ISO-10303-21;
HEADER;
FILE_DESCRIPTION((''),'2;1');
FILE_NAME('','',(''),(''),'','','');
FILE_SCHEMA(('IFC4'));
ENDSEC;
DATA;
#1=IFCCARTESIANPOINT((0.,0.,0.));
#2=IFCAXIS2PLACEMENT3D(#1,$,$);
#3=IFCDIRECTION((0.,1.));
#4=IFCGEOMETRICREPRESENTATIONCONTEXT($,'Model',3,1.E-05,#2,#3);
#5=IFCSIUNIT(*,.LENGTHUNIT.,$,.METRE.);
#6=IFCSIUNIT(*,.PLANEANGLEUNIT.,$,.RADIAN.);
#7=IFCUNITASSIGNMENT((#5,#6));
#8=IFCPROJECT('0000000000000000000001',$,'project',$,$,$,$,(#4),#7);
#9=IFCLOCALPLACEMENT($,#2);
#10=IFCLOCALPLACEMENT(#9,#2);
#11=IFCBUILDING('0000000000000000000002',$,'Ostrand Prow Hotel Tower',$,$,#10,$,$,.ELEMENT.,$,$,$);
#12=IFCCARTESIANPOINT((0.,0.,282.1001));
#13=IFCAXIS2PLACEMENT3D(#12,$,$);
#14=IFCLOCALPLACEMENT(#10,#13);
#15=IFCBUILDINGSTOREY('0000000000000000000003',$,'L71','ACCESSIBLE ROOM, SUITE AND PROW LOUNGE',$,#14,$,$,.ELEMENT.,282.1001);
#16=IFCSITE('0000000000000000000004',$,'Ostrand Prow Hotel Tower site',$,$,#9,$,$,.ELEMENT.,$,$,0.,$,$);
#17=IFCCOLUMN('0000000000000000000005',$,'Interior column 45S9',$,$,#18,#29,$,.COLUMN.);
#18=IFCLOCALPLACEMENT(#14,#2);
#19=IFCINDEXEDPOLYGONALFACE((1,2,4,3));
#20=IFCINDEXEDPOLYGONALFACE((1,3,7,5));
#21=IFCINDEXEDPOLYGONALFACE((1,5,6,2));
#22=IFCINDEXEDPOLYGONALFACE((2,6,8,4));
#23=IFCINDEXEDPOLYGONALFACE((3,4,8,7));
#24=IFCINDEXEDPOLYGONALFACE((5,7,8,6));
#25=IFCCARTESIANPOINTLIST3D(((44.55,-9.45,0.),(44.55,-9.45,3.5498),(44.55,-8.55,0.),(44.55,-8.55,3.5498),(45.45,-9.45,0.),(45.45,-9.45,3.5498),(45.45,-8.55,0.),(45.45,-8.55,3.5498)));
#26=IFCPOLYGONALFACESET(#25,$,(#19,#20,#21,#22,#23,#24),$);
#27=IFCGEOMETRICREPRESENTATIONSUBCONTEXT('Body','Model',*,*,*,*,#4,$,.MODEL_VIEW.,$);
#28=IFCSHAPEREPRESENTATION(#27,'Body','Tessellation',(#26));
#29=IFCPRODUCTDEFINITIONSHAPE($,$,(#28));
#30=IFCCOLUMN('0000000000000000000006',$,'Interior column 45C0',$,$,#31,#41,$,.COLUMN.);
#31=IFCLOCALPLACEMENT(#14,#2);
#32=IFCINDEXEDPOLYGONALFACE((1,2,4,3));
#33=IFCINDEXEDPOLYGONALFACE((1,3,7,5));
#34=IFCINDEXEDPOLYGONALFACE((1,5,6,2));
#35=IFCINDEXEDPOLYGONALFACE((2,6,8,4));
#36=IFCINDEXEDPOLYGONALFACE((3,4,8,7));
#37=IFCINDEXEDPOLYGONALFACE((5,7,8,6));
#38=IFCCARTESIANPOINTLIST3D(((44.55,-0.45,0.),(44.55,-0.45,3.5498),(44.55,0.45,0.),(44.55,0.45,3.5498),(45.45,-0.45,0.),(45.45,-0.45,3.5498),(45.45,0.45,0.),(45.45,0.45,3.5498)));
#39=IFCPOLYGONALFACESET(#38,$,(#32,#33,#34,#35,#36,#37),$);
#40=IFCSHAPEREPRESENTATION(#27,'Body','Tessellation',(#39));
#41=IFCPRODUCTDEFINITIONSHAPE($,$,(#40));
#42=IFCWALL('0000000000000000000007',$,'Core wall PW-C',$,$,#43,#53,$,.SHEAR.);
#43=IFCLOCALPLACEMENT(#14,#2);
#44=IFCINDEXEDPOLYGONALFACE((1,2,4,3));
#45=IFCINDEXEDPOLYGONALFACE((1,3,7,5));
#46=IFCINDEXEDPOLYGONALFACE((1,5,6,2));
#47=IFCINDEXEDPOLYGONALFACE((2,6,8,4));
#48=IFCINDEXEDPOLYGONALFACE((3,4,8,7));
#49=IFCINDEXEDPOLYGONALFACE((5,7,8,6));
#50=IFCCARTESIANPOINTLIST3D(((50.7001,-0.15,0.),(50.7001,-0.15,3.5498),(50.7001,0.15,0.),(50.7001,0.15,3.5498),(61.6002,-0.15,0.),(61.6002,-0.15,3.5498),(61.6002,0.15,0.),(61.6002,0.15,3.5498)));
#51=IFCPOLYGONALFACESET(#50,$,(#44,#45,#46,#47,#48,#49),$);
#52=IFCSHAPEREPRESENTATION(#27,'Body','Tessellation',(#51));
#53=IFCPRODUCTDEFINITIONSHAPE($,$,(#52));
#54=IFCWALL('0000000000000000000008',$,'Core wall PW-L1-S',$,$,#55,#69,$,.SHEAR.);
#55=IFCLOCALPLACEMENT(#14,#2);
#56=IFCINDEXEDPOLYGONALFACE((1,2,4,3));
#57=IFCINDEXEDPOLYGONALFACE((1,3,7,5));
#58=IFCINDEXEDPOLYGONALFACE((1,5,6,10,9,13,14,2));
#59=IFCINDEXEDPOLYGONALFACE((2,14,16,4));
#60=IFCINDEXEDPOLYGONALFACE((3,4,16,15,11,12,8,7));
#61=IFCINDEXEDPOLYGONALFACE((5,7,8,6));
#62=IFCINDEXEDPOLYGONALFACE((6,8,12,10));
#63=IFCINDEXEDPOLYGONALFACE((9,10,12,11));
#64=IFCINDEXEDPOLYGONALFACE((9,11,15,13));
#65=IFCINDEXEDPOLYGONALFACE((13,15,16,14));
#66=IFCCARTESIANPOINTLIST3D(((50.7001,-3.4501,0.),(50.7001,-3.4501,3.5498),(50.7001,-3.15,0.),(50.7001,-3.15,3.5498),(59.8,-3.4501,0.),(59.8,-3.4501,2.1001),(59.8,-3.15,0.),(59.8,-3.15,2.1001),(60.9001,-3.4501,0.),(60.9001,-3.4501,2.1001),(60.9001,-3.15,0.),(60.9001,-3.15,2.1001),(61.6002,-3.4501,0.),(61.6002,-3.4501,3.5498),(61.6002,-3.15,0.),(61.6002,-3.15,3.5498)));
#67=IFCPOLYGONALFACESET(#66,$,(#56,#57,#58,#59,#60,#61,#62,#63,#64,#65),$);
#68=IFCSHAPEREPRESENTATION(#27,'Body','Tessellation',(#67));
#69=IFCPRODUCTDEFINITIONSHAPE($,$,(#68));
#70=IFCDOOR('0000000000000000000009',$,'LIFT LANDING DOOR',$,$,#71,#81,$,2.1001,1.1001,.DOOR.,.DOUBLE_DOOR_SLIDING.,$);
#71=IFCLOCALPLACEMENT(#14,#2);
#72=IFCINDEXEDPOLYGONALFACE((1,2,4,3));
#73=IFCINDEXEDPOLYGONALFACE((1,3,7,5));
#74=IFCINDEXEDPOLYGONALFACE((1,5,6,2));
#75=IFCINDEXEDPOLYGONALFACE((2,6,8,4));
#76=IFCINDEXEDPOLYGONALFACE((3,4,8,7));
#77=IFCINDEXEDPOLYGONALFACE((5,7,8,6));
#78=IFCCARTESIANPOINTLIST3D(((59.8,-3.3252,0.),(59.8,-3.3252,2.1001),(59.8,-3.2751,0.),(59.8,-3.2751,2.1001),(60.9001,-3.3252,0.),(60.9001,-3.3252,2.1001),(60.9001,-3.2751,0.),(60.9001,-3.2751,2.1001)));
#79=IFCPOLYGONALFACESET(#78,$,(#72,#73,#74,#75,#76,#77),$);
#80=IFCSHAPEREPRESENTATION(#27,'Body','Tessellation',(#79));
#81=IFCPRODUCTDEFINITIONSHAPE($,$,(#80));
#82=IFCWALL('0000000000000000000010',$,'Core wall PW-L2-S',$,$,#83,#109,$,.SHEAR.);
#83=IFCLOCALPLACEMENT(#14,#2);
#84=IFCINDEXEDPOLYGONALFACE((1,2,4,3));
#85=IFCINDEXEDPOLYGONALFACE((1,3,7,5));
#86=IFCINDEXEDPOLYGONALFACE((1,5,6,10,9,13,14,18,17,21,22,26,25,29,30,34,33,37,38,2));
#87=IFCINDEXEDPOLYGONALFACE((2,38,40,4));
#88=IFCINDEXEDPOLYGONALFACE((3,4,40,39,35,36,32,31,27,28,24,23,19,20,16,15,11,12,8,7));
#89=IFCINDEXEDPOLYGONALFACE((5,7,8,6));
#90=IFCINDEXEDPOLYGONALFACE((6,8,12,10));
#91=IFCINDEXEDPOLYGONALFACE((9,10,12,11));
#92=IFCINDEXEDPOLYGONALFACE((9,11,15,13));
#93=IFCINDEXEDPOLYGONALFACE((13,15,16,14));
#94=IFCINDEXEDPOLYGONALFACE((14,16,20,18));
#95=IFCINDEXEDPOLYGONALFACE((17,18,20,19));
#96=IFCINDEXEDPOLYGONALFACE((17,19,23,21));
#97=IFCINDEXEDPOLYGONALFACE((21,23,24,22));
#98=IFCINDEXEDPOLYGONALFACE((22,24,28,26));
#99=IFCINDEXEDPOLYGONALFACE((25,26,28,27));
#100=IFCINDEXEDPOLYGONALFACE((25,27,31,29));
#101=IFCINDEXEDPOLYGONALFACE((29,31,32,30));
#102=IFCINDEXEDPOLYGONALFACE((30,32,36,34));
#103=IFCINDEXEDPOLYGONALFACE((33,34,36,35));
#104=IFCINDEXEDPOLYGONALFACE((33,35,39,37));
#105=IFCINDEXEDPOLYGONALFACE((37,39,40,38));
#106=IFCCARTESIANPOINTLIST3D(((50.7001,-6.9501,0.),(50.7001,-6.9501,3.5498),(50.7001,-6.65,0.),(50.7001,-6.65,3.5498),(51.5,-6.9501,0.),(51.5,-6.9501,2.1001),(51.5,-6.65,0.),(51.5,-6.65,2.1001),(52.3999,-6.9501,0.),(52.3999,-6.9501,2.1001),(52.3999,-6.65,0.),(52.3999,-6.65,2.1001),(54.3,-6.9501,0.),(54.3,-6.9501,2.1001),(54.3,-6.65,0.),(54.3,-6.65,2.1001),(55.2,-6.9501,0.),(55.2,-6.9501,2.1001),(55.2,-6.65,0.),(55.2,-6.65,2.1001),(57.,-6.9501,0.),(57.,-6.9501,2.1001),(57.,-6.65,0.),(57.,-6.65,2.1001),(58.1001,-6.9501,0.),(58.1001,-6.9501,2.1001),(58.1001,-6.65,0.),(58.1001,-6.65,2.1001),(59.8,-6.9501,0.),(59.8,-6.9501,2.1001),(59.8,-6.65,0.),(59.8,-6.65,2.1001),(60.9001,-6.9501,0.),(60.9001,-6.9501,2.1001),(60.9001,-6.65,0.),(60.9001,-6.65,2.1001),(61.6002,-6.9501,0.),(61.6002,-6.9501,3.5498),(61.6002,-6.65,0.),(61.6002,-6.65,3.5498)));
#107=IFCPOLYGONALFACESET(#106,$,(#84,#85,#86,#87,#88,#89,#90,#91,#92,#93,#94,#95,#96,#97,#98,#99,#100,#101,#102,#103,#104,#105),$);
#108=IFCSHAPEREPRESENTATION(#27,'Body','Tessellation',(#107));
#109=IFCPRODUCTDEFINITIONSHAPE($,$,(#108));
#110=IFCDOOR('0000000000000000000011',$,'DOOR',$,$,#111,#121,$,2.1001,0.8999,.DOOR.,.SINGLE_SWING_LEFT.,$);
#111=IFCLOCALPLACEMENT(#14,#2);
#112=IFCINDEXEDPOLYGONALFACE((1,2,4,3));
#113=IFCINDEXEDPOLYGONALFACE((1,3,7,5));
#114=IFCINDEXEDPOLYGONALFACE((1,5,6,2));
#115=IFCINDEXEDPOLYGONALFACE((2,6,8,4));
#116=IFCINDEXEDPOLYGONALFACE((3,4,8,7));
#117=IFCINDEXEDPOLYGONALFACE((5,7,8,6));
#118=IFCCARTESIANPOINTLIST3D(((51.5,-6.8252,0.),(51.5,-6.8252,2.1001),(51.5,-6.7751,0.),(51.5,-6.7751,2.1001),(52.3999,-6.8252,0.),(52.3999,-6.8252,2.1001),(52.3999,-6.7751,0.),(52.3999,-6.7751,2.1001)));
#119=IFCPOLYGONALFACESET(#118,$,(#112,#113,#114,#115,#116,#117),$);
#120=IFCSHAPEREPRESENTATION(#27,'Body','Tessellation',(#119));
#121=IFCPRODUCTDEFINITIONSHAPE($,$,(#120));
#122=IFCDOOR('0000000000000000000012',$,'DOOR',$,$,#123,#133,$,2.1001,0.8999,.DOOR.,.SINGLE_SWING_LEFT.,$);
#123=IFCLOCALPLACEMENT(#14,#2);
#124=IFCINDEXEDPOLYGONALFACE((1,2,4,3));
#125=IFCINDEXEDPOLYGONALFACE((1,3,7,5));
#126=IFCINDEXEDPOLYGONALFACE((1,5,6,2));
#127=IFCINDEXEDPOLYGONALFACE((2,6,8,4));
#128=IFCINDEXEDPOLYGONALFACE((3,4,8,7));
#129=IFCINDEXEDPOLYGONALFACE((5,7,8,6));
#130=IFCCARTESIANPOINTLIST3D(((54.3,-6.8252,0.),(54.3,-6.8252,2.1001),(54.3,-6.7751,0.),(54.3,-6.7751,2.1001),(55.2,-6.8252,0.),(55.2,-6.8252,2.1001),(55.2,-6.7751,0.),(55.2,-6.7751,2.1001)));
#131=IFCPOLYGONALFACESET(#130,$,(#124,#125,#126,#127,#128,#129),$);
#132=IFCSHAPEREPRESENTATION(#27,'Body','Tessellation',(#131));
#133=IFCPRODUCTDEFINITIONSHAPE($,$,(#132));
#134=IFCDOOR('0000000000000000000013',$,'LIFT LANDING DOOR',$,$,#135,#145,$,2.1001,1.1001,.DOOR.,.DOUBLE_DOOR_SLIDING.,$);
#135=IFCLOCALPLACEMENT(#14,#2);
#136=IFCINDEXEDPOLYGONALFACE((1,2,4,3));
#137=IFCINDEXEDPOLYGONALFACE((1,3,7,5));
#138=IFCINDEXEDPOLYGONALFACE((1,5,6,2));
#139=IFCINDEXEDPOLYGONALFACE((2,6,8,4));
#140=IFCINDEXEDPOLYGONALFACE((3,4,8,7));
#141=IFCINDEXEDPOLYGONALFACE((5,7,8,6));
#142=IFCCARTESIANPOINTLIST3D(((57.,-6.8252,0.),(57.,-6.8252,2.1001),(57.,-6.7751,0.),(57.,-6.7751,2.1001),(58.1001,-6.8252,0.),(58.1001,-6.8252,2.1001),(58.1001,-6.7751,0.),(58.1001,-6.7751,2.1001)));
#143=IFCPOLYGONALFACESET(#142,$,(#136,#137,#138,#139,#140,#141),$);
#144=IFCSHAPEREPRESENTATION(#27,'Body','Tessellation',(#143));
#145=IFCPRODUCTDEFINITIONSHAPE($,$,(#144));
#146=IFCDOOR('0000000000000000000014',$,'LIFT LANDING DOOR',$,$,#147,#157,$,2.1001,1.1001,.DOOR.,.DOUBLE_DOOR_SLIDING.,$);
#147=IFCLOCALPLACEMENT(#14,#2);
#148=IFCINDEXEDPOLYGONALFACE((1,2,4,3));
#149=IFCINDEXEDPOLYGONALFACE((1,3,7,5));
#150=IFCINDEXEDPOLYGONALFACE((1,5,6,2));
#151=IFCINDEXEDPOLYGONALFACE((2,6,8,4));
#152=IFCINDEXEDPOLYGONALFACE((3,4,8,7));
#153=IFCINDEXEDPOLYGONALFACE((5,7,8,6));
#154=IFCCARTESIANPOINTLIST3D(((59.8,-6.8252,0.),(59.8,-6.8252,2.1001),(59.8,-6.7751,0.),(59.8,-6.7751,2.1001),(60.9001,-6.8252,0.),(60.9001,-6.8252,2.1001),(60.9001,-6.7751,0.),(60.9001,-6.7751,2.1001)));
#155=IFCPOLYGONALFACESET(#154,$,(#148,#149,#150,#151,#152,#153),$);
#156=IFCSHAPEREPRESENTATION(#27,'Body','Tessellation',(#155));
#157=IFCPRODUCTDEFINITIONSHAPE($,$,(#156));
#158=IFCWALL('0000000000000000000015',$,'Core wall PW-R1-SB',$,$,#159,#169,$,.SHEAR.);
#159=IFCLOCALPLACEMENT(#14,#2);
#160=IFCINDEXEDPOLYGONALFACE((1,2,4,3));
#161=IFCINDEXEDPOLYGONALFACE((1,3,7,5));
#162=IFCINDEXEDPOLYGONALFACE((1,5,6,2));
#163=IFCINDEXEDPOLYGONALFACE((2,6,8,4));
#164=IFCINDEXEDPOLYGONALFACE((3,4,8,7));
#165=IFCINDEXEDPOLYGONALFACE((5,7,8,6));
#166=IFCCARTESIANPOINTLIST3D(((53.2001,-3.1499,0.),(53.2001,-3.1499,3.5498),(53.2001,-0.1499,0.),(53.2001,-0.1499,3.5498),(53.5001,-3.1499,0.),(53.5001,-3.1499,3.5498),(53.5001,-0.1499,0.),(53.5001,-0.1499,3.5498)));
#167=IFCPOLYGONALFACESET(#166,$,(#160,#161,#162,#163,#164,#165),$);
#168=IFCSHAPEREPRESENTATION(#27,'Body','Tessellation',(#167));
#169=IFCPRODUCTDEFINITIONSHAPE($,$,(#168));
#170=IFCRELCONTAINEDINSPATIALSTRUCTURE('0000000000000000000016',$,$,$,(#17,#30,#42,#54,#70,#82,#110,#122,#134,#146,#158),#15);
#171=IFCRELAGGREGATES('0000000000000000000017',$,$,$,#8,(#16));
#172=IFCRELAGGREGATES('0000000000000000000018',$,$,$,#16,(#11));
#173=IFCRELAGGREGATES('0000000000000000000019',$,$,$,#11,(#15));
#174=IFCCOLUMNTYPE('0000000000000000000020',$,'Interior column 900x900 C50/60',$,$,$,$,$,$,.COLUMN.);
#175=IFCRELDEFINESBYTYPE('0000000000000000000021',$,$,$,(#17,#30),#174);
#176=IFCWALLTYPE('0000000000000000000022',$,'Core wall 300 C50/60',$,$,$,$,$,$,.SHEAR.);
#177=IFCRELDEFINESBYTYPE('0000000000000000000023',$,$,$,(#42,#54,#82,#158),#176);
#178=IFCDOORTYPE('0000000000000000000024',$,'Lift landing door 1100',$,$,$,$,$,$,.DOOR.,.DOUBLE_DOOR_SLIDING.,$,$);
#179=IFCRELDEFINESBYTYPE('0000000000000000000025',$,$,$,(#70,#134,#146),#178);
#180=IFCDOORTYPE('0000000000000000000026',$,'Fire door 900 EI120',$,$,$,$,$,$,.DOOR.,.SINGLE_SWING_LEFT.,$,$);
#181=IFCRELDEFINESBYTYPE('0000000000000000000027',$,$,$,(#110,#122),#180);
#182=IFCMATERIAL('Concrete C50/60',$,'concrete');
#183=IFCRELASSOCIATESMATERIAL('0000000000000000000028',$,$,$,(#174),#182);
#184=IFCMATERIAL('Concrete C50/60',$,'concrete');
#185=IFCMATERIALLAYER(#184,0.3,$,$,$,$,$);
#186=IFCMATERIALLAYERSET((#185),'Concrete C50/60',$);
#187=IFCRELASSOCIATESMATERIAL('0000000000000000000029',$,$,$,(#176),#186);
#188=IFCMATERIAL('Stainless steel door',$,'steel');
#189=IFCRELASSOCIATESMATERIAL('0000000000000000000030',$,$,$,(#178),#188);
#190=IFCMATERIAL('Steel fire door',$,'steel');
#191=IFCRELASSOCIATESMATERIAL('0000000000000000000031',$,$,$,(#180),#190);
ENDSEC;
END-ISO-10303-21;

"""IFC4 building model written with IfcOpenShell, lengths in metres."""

from ifc_helpers import new_model, si_unit, direction, frame, frame_2d, origin, origin_2d, place, context, subcontext, project, spatial, rectangle, extrude, material, layer, layer_set, material_profile, profile_set, type_object, element, fill, save


model = new_model("IFC4")

# Units and contexts
model_context = context("Model", 3, precision=1e-05, world=origin(), true_north=direction((0.0, 1.0)))
body_context = subcontext(model_context, "Body", "Model", "MODEL_VIEW")
ifc_project = project(units=[si_unit("LENGTHUNIT", "METRE"), si_unit("PLANEANGLEUNIT", "RADIAN")], contexts=[model_context])

# Site, building, storey
site_placement = place(None, origin())
site = spatial("IfcSite", under=ifc_project, at=site_placement, Name="Ostrand Prow Hotel Tower site", CompositionType="ELEMENT", RefElevation=0.0)
building_placement = place(site_placement, origin())
building = spatial("IfcBuilding", under=site, at=building_placement, Name="Ostrand Prow Hotel Tower", CompositionType="ELEMENT")
storey_placement = place(building_placement, frame((0.0, 0.0, 282.1001)))
storey = spatial("IfcBuildingStorey", under=building, at=storey_placement, Name="L71", Description="ACCESSIBLE ROOM, SUITE AND PROW LOUNGE", CompositionType="ELEMENT", Elevation=282.1001)

# Columns
ifc_material_1 = material(Name="Concrete C50/60", Category="concrete")
ifc_material_profile = material_profile(ifc_material_1, rectangle(XDim=0.8999, YDim=0.8999, at=origin_2d()), Name="RC 900x900")
ifc_profile_set = profile_set([ifc_material_profile], Name="Concrete C50/60")
column_type = type_object("IfcColumnType", Name="Interior column 900x900 C50/60", PredefinedType="COLUMN", material=ifc_profile_set)
for number, where, z_axis, x_axis, name in (
    (1, (45.0, -9.0, 0.0), (0.0, 0.0, 1.0), (1.0, 0.0, 0.0), "Interior column 45S9"),
    (2, (45.0, 0.0, 0.0), (0.0, 0.0, 1.0), (1.0, 0.0, 0.0), "Interior column 45C0"),
):
    element("IfcColumn", number, at=place(storey_placement, frame(where, z_axis=z_axis, x_axis=x_axis)), inside=storey, type_object=column_type, Name=name, PredefinedType="COLUMN", context=body_context, shape_type="SweptSolid", body=[
        extrude(rectangle(XDim=0.8999, YDim=0.8999, at=origin_2d()), origin(), (0.0, 0.0, 1.0), 3.5498),
    ])

# Wall
ifc_material_2 = material(Name="Concrete C50/60", Category="concrete")
ifc_layer_1 = layer(ifc_material_2, 0.3)
ifc_layer_set_1 = layer_set([ifc_layer_1], Name="Concrete C50/60")
wall_type_1 = type_object("IfcWallType", Name="Core wall 300 C50/60", PredefinedType="SHEAR", material=ifc_layer_set_1)
wall_1_placement = place(storey_placement, frame((50.7, 0.0, 0.0), z_axis=(0.0, 0.0, 1.0), x_axis=(1.0, 0.0, 0.0)))
element("IfcWall", 3, at=wall_1_placement, inside=storey, type_object=wall_type_1, Name="Core wall PW-C", PredefinedType="SHEAR", context=body_context, shape_type="SweptSolid", body=[
    extrude(rectangle(XDim=10.9001, YDim=0.3, at=frame_2d((5.4502, 0.0))), origin(), (0.0, 0.0, 1.0), 3.5498),
])

# Wall, opening, door
wall_2_placement = place(storey_placement, frame((50.7, -3.3, 0.0), z_axis=(0.0, 0.0, 1.0), x_axis=(1.0, 0.0, 0.0)))
wall_2 = element("IfcWall", 4, at=wall_2_placement, inside=storey, type_object=wall_type_1, Name="Core wall PW-L1-S", PredefinedType="SHEAR", context=body_context, shape_type="SweptSolid", body=[
    extrude(rectangle(XDim=10.9001, YDim=0.3, at=frame_2d((5.4502, 0.0))), origin(), (0.0, 0.0, 1.0), 3.5498),
])
opening_1_placement = place(wall_2_placement, frame((9.1001, 0.0, 0.0)))
opening_1 = element("IfcOpeningElement", 5, at=opening_1_placement, cuts=wall_2, PredefinedType="OPENING", context=body_context, shape_type="SweptSolid", body=[
    extrude(rectangle(XDim=1.1001, YDim=2.1001, at=frame_2d((0.55, 1.05))), frame((0.0, 0.1599, 0.0), z_axis=(0.0, -1.0, 0.0), x_axis=(1.0, 0.0, 0.0)), (0.0, 0.0, 1.0), 0.3201),
])
ifc_material_3 = material(Name="Stainless steel door", Category="steel")
door_type_1 = type_object("IfcDoorType", Name="Lift landing door 1100", OperationType="DOUBLE_DOOR_SLIDING", PredefinedType="DOOR", material=ifc_material_3)
door_1_placement = place(opening_1_placement, origin())
door_1 = element("IfcDoor", 6, at=door_1_placement, inside=storey, type_object=door_type_1, Name="LIFT LANDING DOOR", OperationType="DOUBLE_DOOR_SLIDING", OverallHeight=2.1001, OverallWidth=1.1001, PredefinedType="DOOR", context=body_context, shape_type="SweptSolid", body=[
    extrude(rectangle(XDim=1.1001, YDim=2.1001, at=frame_2d((0.55, 1.05))), frame((0.0, 0.0249, 0.0), z_axis=(0.0, -1.0, 0.0), x_axis=(1.0, 0.0, 0.0)), (0.0, 0.0, 1.0), 0.05),
])
fill(opening_1, door_1)

# Wall, openings, doors
wall_3_placement = place(storey_placement, frame((50.7, -6.8, 0.0), z_axis=(0.0, 0.0, 1.0), x_axis=(1.0, 0.0, 0.0)))
wall_3 = element("IfcWall", 7, at=wall_3_placement, inside=storey, type_object=wall_type_1, Name="Core wall PW-L2-S", PredefinedType="SHEAR", context=body_context, shape_type="SweptSolid", body=[
    extrude(rectangle(XDim=10.9001, YDim=0.3, at=frame_2d((5.4502, 0.0))), origin(), (0.0, 0.0, 1.0), 3.5498),
])
opening_2_placement = place(wall_3_placement, frame((6.3, 0.0, 0.0)))
opening_2 = element("IfcOpeningElement", 8, at=opening_2_placement, cuts=wall_3, PredefinedType="OPENING", context=body_context, shape_type="SweptSolid", body=[
    extrude(rectangle(XDim=1.1001, YDim=2.1001, at=frame_2d((0.55, 1.05))), frame((0.0, 0.1599, 0.0), z_axis=(0.0, -1.0, 0.0), x_axis=(1.0, 0.0, 0.0)), (0.0, 0.0, 1.0), 0.3201),
])
opening_3_placement = place(wall_3_placement, frame((9.1001, 0.0, 0.0)))
opening_3 = element("IfcOpeningElement", 9, at=opening_3_placement, cuts=wall_3, PredefinedType="OPENING", context=body_context, shape_type="SweptSolid", body=[
    extrude(rectangle(XDim=1.1001, YDim=2.1001, at=frame_2d((0.55, 1.05))), frame((0.0, 0.1599, 0.0), z_axis=(0.0, -1.0, 0.0), x_axis=(1.0, 0.0, 0.0)), (0.0, 0.0, 1.0), 0.3201),
])
opening_4_placement = place(wall_3_placement, frame((0.8, 0.0, 0.0)))
opening_4 = element("IfcOpeningElement", 10, at=opening_4_placement, cuts=wall_3, PredefinedType="OPENING", context=body_context, shape_type="SweptSolid", body=[
    extrude(rectangle(XDim=0.8999, YDim=2.1001, at=frame_2d((0.45, 1.05))), frame((0.0, 0.1599, 0.0), z_axis=(0.0, -1.0, 0.0), x_axis=(1.0, 0.0, 0.0)), (0.0, 0.0, 1.0), 0.3201),
])
opening_5_placement = place(wall_3_placement, frame((3.6001, 0.0, 0.0)))
opening_5 = element("IfcOpeningElement", 11, at=opening_5_placement, cuts=wall_3, PredefinedType="OPENING", context=body_context, shape_type="SweptSolid", body=[
    extrude(rectangle(XDim=0.8999, YDim=2.1001, at=frame_2d((0.45, 1.05))), frame((0.0, 0.1599, 0.0), z_axis=(0.0, -1.0, 0.0), x_axis=(1.0, 0.0, 0.0)), (0.0, 0.0, 1.0), 0.3201),
])
ifc_material_4 = material(Name="Steel fire door", Category="steel")
door_type_2 = type_object("IfcDoorType", Name="Fire door 900 EI120", OperationType="SINGLE_SWING_LEFT", PredefinedType="DOOR", material=ifc_material_4)
door_2_placement = place(opening_4_placement, origin())
door_2 = element("IfcDoor", 12, at=door_2_placement, inside=storey, type_object=door_type_2, Name="DOOR", OperationType="SINGLE_SWING_LEFT", OverallHeight=2.1001, OverallWidth=0.8999, PredefinedType="DOOR", context=body_context, shape_type="SweptSolid", body=[
    extrude(rectangle(XDim=0.8999, YDim=2.1001, at=frame_2d((0.45, 1.05))), frame((0.0, 0.0249, 0.0), z_axis=(0.0, -1.0, 0.0), x_axis=(1.0, 0.0, 0.0)), (0.0, 0.0, 1.0), 0.05),
])
fill(opening_4, door_2)
door_3_placement = place(opening_5_placement, origin())
door_3 = element("IfcDoor", 13, at=door_3_placement, inside=storey, type_object=door_type_2, Name="DOOR", OperationType="SINGLE_SWING_LEFT", OverallHeight=2.1001, OverallWidth=0.8999, PredefinedType="DOOR", context=body_context, shape_type="SweptSolid", body=[
    extrude(rectangle(XDim=0.8999, YDim=2.1001, at=frame_2d((0.45, 1.05))), frame((0.0, 0.0249, 0.0), z_axis=(0.0, -1.0, 0.0), x_axis=(1.0, 0.0, 0.0)), (0.0, 0.0, 1.0), 0.05),
])
fill(opening_5, door_3)
door_4_placement = place(opening_2_placement, origin())
door_4 = element("IfcDoor", 14, at=door_4_placement, inside=storey, type_object=door_type_1, Name="LIFT LANDING DOOR", OperationType="DOUBLE_DOOR_SLIDING", OverallHeight=2.1001, OverallWidth=1.1001, PredefinedType="DOOR", context=body_context, shape_type="SweptSolid", body=[
    extrude(rectangle(XDim=1.1001, YDim=2.1001, at=frame_2d((0.55, 1.05))), frame((0.0, 0.0249, 0.0), z_axis=(0.0, -1.0, 0.0), x_axis=(1.0, 0.0, 0.0)), (0.0, 0.0, 1.0), 0.05),
])
fill(opening_2, door_4)
door_5_placement = place(opening_3_placement, origin())
door_5 = element("IfcDoor", 15, at=door_5_placement, inside=storey, type_object=door_type_1, Name="LIFT LANDING DOOR", OperationType="DOUBLE_DOOR_SLIDING", OverallHeight=2.1001, OverallWidth=1.1001, PredefinedType="DOOR", context=body_context, shape_type="SweptSolid", body=[
    extrude(rectangle(XDim=1.1001, YDim=2.1001, at=frame_2d((0.55, 1.05))), frame((0.0, 0.0249, 0.0), z_axis=(0.0, -1.0, 0.0), x_axis=(1.0, 0.0, 0.0)), (0.0, 0.0, 1.0), 0.05),
])
fill(opening_3, door_5)

# Wall
for number, where, z_axis, x_axis, name in (
    (16, (53.3501, -3.1499, 0.0), (0.0, 0.0, 1.0), (0.0, 1.0, 0.0), "Core wall PW-R1-SB"),
):
    element("IfcWall", number, at=place(storey_placement, frame(where, z_axis=z_axis, x_axis=x_axis)), inside=storey, type_object=wall_type_1, Name=name, PredefinedType="SHEAR", context=body_context, shape_type="SweptSolid", body=[
        extrude(rectangle(XDim=3.0, YDim=0.3, at=frame_2d((1.5, 0.0))), origin(), (0.0, 0.0, 1.0), 3.5498),
    ])

save(model, "model.ifc")
